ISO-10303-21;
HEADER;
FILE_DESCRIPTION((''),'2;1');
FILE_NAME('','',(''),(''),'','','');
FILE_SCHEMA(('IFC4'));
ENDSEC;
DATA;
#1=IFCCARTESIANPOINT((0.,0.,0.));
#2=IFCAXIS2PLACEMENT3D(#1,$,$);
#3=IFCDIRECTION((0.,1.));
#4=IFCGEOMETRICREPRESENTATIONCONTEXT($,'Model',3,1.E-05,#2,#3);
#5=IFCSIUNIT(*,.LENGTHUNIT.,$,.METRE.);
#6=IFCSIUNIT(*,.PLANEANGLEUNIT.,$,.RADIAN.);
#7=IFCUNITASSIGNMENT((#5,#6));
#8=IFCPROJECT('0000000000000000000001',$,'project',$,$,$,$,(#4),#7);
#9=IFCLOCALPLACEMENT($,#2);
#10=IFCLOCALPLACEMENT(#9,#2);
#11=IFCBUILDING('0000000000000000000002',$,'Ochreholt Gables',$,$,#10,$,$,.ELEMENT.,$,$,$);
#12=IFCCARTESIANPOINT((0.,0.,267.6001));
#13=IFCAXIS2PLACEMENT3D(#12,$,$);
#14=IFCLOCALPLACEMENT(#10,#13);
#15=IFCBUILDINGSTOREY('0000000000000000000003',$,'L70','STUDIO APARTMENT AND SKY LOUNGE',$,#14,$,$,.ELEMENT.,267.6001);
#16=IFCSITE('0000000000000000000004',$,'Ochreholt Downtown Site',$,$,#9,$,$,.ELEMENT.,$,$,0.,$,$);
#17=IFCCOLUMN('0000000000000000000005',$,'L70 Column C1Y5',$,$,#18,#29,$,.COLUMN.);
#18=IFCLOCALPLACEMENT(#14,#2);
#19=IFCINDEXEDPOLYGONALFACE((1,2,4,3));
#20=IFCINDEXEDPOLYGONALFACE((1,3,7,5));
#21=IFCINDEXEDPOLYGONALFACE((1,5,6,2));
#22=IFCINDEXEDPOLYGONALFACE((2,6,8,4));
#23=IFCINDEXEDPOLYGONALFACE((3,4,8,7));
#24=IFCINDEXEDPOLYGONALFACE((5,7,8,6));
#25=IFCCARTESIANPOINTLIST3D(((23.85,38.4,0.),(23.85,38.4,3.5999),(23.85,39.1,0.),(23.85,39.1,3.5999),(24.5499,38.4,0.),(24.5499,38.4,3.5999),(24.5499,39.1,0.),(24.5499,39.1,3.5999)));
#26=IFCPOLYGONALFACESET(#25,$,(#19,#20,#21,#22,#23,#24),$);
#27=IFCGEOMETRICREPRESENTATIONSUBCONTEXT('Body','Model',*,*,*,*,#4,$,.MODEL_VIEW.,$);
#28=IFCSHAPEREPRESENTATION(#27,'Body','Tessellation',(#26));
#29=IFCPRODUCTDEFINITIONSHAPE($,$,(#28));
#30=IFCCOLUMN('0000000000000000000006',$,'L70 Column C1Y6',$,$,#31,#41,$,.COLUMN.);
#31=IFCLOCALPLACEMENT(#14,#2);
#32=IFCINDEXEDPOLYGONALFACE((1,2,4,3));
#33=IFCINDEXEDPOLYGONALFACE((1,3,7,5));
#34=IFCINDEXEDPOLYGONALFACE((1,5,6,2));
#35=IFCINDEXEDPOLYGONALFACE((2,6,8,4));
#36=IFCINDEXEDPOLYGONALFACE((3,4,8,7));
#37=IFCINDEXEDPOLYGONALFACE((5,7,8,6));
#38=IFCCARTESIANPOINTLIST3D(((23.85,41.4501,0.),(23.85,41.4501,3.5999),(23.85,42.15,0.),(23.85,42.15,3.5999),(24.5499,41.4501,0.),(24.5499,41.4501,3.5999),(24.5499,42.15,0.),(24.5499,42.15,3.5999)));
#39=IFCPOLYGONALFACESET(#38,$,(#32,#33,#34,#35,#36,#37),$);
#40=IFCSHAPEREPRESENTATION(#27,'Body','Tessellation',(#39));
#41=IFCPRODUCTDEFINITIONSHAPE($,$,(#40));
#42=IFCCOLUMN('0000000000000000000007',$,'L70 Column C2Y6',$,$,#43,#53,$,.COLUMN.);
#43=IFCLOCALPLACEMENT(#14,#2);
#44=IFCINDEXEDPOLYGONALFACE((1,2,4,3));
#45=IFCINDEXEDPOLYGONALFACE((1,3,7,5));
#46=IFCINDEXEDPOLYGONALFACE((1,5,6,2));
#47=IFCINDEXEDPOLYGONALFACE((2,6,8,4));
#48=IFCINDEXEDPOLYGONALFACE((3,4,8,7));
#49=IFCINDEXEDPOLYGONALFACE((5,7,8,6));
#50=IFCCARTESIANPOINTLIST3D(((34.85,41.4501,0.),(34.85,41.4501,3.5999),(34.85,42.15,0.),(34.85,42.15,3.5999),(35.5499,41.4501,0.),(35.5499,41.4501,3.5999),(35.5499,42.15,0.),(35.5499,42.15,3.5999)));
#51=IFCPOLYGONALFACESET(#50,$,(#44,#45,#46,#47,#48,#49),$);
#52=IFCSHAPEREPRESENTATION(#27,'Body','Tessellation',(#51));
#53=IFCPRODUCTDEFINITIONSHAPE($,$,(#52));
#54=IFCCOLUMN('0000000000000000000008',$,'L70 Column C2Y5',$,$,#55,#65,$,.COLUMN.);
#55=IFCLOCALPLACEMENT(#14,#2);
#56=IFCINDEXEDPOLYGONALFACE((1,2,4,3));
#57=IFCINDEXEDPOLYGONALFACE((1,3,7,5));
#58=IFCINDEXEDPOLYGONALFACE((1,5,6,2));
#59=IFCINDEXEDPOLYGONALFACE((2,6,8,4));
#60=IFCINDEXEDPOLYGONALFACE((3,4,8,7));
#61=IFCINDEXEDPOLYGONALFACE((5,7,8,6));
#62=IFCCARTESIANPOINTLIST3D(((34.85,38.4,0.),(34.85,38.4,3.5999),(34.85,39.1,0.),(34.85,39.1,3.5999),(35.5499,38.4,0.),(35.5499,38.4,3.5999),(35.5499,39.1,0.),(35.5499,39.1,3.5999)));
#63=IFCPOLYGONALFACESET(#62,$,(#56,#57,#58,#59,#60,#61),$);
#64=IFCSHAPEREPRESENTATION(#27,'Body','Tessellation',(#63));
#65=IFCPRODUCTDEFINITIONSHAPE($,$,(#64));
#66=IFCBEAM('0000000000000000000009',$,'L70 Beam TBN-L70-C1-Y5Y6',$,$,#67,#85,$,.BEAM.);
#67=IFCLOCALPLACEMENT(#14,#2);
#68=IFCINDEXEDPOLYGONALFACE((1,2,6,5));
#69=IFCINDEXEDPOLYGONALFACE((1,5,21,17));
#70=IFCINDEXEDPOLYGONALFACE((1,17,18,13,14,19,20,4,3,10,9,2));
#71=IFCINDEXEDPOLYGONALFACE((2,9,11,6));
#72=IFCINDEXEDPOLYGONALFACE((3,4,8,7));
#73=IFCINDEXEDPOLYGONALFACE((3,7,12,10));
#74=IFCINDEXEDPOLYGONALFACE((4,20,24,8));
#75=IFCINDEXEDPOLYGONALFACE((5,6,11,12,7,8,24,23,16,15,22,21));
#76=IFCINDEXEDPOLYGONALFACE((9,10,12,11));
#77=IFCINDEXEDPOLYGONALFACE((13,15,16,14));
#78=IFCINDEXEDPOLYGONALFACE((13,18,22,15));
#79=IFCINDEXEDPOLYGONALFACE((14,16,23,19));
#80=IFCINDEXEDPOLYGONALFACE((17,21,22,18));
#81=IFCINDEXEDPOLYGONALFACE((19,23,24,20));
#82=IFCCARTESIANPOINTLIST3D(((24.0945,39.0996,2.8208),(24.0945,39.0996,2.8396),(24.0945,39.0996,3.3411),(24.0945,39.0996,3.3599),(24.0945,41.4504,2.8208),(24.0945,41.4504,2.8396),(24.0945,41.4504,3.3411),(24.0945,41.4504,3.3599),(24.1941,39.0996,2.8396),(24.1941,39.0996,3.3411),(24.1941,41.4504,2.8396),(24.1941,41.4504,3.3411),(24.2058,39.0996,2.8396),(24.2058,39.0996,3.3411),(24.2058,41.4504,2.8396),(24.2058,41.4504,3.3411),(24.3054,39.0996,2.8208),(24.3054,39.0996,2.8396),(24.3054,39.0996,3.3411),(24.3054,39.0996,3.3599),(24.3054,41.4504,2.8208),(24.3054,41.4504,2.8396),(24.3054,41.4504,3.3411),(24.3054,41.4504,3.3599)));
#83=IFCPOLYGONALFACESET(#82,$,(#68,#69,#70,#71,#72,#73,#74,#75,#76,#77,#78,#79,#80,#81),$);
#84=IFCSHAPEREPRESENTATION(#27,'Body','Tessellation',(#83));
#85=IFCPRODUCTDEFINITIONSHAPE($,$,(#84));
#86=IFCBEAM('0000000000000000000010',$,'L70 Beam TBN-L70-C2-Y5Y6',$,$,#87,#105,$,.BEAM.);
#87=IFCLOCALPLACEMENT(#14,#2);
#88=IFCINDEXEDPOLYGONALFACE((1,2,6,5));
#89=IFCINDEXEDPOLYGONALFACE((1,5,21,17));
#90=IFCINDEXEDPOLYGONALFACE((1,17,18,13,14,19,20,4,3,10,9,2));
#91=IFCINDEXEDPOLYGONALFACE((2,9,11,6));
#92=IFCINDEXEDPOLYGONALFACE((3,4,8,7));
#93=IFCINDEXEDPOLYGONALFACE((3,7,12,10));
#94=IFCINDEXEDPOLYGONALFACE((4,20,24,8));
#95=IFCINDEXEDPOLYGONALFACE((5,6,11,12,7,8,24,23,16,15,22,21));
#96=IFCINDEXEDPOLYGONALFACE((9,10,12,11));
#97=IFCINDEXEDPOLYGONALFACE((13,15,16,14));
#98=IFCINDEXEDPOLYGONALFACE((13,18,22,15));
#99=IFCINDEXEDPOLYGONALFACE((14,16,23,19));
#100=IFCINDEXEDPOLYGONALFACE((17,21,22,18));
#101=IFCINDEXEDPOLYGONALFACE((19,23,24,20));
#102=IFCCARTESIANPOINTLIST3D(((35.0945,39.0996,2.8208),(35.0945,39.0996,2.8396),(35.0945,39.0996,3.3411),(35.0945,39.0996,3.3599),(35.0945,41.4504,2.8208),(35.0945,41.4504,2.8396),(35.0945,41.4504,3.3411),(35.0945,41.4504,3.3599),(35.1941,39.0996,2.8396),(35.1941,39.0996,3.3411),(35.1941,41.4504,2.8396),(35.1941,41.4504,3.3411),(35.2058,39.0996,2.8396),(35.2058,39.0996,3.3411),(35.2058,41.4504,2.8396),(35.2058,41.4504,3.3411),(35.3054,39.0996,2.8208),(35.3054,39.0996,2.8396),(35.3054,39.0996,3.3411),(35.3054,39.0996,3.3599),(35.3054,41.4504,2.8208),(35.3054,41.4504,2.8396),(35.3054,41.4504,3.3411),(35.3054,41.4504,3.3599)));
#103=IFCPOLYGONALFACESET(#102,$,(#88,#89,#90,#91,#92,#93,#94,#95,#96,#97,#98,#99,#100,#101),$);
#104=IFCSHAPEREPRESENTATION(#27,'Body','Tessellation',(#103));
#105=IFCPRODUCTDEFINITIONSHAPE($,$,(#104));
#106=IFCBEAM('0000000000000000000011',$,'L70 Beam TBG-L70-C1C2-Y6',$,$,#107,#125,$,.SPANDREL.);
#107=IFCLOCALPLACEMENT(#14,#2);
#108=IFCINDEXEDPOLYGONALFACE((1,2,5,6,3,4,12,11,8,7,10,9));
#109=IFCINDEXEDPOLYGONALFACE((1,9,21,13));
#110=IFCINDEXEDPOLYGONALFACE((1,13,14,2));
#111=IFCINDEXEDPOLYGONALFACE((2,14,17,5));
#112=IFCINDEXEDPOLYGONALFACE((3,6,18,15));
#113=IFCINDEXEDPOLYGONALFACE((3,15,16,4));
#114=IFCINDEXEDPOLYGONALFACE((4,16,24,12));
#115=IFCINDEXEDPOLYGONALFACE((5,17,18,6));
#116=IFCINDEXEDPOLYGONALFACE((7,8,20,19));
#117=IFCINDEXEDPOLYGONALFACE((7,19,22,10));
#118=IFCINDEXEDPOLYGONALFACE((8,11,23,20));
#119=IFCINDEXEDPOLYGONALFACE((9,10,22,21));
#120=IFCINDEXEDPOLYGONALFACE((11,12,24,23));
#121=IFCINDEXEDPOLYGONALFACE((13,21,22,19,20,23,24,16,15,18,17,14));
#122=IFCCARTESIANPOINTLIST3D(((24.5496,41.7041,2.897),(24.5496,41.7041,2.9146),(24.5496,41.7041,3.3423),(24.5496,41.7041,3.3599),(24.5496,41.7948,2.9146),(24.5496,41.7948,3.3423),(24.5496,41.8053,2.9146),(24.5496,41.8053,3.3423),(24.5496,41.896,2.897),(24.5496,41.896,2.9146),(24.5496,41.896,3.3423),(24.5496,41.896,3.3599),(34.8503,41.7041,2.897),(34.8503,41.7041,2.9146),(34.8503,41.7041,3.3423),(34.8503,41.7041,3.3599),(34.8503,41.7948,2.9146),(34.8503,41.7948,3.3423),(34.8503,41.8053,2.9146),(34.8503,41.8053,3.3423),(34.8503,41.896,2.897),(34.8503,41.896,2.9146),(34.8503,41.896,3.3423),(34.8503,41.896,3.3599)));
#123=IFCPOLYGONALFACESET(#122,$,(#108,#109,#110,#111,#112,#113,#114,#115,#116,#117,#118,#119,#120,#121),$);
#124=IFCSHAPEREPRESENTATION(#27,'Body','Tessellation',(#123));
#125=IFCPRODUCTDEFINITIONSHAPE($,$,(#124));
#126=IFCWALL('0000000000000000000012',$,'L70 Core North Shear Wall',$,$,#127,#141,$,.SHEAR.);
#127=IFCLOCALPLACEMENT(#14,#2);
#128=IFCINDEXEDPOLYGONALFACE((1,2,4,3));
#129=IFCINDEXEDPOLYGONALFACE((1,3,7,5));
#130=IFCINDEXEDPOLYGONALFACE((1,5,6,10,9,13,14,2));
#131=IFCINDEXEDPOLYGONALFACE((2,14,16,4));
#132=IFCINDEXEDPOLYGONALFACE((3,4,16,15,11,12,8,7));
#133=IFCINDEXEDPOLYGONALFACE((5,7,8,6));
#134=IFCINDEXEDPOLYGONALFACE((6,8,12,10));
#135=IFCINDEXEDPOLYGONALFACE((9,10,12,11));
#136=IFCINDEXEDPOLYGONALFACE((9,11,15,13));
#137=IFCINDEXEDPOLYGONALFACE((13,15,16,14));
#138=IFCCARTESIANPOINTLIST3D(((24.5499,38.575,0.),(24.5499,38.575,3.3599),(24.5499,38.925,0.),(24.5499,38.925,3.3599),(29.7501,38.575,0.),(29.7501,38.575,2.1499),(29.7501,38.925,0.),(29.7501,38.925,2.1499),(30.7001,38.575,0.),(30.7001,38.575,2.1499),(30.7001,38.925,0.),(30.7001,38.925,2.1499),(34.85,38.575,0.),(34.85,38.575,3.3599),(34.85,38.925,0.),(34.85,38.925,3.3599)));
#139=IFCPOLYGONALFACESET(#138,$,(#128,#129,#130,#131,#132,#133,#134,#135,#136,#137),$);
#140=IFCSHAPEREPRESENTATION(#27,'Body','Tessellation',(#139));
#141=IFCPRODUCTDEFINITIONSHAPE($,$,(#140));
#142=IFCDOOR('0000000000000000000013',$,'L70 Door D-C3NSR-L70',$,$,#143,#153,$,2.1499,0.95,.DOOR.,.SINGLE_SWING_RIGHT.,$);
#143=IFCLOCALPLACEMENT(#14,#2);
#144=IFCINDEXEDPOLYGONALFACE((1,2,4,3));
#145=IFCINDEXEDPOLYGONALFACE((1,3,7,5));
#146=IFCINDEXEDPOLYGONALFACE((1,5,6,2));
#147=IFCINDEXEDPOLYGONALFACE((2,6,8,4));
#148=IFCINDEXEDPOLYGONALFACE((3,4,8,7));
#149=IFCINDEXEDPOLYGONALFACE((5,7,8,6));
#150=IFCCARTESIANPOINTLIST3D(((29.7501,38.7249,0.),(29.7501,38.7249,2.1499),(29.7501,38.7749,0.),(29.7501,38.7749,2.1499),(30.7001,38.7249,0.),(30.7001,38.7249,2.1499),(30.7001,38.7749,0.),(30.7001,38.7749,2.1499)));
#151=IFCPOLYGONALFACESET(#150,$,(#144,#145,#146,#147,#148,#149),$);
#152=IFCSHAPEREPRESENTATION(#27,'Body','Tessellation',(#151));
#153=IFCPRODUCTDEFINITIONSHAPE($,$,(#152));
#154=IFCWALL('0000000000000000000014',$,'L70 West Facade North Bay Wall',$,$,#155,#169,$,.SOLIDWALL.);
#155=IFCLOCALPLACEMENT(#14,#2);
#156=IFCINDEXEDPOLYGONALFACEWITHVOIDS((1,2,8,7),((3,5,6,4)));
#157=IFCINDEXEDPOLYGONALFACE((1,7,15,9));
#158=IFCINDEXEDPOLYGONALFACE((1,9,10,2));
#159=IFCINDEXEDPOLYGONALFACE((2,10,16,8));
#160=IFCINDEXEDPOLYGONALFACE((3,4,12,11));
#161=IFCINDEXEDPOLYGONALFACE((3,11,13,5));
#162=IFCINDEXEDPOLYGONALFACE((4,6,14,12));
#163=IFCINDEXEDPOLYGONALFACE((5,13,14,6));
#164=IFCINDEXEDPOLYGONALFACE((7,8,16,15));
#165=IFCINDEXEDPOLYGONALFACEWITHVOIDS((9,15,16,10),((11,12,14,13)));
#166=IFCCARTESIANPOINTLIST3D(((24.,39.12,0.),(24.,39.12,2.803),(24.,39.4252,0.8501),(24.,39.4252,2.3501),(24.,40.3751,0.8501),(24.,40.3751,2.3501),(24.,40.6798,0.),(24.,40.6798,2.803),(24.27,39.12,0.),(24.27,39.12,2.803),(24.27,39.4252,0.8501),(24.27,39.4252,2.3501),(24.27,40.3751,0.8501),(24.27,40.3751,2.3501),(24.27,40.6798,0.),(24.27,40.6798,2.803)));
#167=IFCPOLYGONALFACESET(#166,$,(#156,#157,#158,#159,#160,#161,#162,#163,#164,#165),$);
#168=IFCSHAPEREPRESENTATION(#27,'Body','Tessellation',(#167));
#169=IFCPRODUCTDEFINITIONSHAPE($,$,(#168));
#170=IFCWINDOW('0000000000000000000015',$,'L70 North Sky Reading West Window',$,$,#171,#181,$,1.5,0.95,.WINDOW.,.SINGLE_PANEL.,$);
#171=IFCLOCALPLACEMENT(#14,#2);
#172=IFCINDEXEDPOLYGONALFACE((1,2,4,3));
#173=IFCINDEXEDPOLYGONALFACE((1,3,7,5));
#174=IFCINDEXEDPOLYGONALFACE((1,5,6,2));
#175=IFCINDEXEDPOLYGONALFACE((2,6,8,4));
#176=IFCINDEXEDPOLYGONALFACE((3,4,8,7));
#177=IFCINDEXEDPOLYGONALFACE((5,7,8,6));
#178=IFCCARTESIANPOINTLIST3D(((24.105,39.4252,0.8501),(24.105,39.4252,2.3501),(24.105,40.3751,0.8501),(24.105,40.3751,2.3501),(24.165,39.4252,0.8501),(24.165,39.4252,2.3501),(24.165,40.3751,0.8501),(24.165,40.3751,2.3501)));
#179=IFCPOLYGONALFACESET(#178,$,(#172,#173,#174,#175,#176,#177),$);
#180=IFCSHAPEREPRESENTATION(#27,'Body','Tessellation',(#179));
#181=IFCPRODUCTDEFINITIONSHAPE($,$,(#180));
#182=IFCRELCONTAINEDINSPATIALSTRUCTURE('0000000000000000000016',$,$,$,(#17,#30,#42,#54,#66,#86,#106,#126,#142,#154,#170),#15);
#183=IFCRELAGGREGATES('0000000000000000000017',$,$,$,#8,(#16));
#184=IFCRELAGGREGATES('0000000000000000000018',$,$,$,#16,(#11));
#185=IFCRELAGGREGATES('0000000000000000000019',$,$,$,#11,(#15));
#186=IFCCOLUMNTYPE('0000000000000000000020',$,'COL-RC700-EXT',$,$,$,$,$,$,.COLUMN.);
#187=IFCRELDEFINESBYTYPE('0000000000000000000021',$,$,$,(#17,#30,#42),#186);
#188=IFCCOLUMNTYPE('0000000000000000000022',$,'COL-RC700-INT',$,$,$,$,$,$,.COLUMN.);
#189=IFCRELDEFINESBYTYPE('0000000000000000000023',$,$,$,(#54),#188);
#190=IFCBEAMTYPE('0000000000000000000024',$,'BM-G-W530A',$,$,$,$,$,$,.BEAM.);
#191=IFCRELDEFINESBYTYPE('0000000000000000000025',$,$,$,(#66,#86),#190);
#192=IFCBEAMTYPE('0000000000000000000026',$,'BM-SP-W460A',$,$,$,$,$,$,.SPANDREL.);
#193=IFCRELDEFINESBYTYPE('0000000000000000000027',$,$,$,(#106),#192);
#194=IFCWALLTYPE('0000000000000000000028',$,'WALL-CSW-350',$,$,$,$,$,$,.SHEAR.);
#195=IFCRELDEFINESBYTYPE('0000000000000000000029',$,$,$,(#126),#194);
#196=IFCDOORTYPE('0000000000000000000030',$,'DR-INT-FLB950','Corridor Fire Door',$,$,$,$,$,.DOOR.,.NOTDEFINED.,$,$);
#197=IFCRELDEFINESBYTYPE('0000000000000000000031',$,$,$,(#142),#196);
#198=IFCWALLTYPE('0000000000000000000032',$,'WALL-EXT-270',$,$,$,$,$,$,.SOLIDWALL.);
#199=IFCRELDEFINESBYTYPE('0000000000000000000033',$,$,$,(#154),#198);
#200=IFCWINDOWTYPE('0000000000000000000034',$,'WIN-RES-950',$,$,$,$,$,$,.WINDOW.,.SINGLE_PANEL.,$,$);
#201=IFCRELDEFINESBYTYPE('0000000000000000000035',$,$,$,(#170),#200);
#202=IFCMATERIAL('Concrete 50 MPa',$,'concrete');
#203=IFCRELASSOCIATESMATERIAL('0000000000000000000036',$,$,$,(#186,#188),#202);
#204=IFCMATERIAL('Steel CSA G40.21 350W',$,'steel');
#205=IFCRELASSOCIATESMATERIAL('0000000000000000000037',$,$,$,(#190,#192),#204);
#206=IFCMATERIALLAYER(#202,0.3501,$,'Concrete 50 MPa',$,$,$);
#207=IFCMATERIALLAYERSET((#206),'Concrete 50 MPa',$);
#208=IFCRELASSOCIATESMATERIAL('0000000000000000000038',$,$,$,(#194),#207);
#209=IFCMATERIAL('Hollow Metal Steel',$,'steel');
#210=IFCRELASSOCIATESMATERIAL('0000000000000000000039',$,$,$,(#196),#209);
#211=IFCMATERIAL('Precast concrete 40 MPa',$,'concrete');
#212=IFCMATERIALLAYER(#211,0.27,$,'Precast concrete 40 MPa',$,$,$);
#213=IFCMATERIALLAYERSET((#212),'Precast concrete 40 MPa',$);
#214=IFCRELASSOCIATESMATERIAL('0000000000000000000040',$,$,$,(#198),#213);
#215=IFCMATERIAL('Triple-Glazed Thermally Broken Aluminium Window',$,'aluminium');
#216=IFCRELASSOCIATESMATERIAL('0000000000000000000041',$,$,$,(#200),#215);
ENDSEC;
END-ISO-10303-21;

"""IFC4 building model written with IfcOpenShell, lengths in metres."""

from ifc_helpers import new_model, si_unit, direction, frame, frame_2d, origin, origin_2d, place, context, subcontext, project, spatial, rectangle, i_section, extrude, material, layer, layer_set, material_profile, profile_set, type_object, element, fill, save


model = new_model("IFC4")

# Units and contexts
model_context = context("Model", 3, precision=1e-05, world=origin(), true_north=direction((0.0, 1.0)))
body_context = subcontext(model_context, "Body", "Model", "MODEL_VIEW")
ifc_project = project(units=[si_unit("LENGTHUNIT", "METRE"), si_unit("PLANEANGLEUNIT", "RADIAN")], contexts=[model_context])

# Site, building, storey
site_placement = place(None, origin())
site = spatial("IfcSite", under=ifc_project, at=site_placement, Name="Ochreholt Downtown Site", CompositionType="ELEMENT", RefElevation=0.0)
building_placement = place(site_placement, origin())
building = spatial("IfcBuilding", under=site, at=building_placement, Name="Ochreholt Gables", CompositionType="ELEMENT")
storey_placement = place(building_placement, frame((0.0, 0.0, 267.6001)))
storey = spatial("IfcBuildingStorey", under=building, at=storey_placement, Name="L70", Description="STUDIO APARTMENT AND SKY LOUNGE", CompositionType="ELEMENT", Elevation=267.6001)

# Columns
ifc_material_1 = material(Name="Concrete 50 MPa", Category="concrete")
ifc_material_profile_1 = material_profile(ifc_material_1, rectangle(XDim=0.7, YDim=0.7, at=origin_2d()), Name="RC700X700")
ifc_profile_set_1 = profile_set([ifc_material_profile_1], Name="Concrete 50 MPa")
column_type_1 = type_object("IfcColumnType", Name="COL-RC700-EXT", PredefinedType="COLUMN", material=ifc_profile_set_1)
for number, where, z_axis, x_axis, name in (
    (1, (24.2, 38.75, 0.0), (0.0, 0.0, 1.0), (1.0, 0.0, 0.0), "L70 Column C1Y5"),
    (2, (24.2, 41.8, 0.0), (0.0, 0.0, 1.0), (1.0, 0.0, 0.0), "L70 Column C1Y6"),
    (3, (35.2, 41.8, 0.0), (0.0, 0.0, 1.0), (1.0, 0.0, 0.0), "L70 Column C2Y6"),
):
    element("IfcColumn", number, at=place(storey_placement, frame(where, z_axis=z_axis, x_axis=x_axis)), inside=storey, type_object=column_type_1, Name=name, PredefinedType="COLUMN", context=body_context, shape_type="SweptSolid", body=[
        extrude(rectangle(XDim=0.7, YDim=0.7, at=origin_2d()), origin(), (0.0, 0.0, 1.0), 3.5999),
    ])
ifc_material_profile_2 = material_profile(ifc_material_1, rectangle(XDim=0.7, YDim=0.7, at=origin_2d()), Name="RC700X700")
ifc_profile_set_2 = profile_set([ifc_material_profile_2], Name="Concrete 50 MPa")
column_type_2 = type_object("IfcColumnType", Name="COL-RC700-INT", PredefinedType="COLUMN", material=ifc_profile_set_2)
column_placement = place(storey_placement, frame((35.2, 38.75, 0.0), z_axis=(0.0, 0.0, 1.0), x_axis=(1.0, 0.0, 0.0)))
element("IfcColumn", 4, at=column_placement, inside=storey, type_object=column_type_2, Name="L70 Column C2Y5", PredefinedType="COLUMN", context=body_context, shape_type="SweptSolid", body=[
    extrude(rectangle(XDim=0.7, YDim=0.7, at=origin_2d()), origin(), (0.0, 0.0, 1.0), 3.5999),
])

# Beams
ifc_material_2 = material(Name="Steel CSA G40.21 350W", Category="steel")
ifc_material_profile_3 = material_profile(ifc_material_2, i_section(OverallWidth=0.2109, OverallDepth=0.5391, WebThickness=0.0117, FlangeThickness=0.0188, at=origin_2d()), Name="W530X109")
ifc_profile_set_3 = profile_set([ifc_material_profile_3], Name="Steel CSA G40.21 350W")
beam_type_1 = type_object("IfcBeamType", Name="BM-G-W530A", PredefinedType="BEAM", material=ifc_profile_set_3)
for number, where, z_axis, x_axis, name in (
    (5, (24.2, 39.0996, 3.0903), (0.0, 1.0, 0.0), (-1.0, 0.0, 0.0), "L70 Beam TBN-L70-C1-Y5Y6"),
    (6, (35.2, 39.0996, 3.0903), (0.0, 1.0, 0.0), (-1.0, 0.0, 0.0), "L70 Beam TBN-L70-C2-Y5Y6"),
):
    element("IfcBeam", number, at=place(storey_placement, frame(where, z_axis=z_axis, x_axis=x_axis)), inside=storey, type_object=beam_type_1, Name=name, PredefinedType="BEAM", context=body_context, shape_type="SweptSolid", body=[
        extrude(i_section(OverallWidth=0.2109, OverallDepth=0.5391, WebThickness=0.0117, FlangeThickness=0.0188, at=origin_2d()), origin(), (0.0, 0.0, 1.0), 2.3508),
    ])
ifc_material_profile_4 = material_profile(ifc_material_2, i_section(OverallWidth=0.1919, OverallDepth=0.4629, WebThickness=0.0105, FlangeThickness=0.0176, at=origin_2d()), Name="W460X89")
ifc_profile_set_4 = profile_set([ifc_material_profile_4], Name="Steel CSA G40.21 350W")
beam_type_2 = type_object("IfcBeamType", Name="BM-SP-W460A", PredefinedType="SPANDREL", material=ifc_profile_set_4)
beam_placement = place(storey_placement, frame((24.5496, 41.8, 3.1284), z_axis=(1.0, 0.0, 0.0), x_axis=(0.0, 1.0, 0.0)))
element("IfcBeam", 7, at=beam_placement, inside=storey, type_object=beam_type_2, Name="L70 Beam TBG-L70-C1C2-Y6", PredefinedType="SPANDREL", context=body_context, shape_type="SweptSolid", body=[
    extrude(i_section(OverallWidth=0.1919, OverallDepth=0.4629, WebThickness=0.0105, FlangeThickness=0.0176, at=origin_2d()), origin(), (0.0, 0.0, 1.0), 10.3008),
])

# Wall, opening, door
ifc_layer_1 = layer(ifc_material_1, 0.3501, Name="Concrete 50 MPa")
ifc_layer_set_1 = layer_set([ifc_layer_1], Name="Concrete 50 MPa")
wall_type_1 = type_object("IfcWallType", Name="WALL-CSW-350", PredefinedType="SHEAR", material=ifc_layer_set_1)
wall_1_placement = place(storey_placement, frame((24.55, 38.75, 0.0), z_axis=(0.0, 0.0, 1.0), x_axis=(1.0, 0.0, 0.0)))
wall_1 = element("IfcWall", 8, at=wall_1_placement, inside=storey, type_object=wall_type_1, Name="L70 Core North Shear Wall", PredefinedType="SHEAR", context=body_context, shape_type="SweptSolid", body=[
    extrude(rectangle(XDim=10.3, YDim=0.3501, at=frame_2d((5.1499, 0.0))), origin(), (0.0, 0.0, 1.0), 3.3599),
])
opening_1_placement = place(wall_1_placement, frame((5.2, 0.0, 0.0)))
opening_1 = element("IfcOpeningElement", 9, at=opening_1_placement, cuts=wall_1, PredefinedType="OPENING", context=body_context, shape_type="SweptSolid", body=[
    extrude(rectangle(XDim=0.95, YDim=2.1499, at=frame_2d((0.4751, 1.075))), frame((0.0, 0.1851, 0.0), z_axis=(0.0, -1.0, 0.0), x_axis=(1.0, 0.0, 0.0)), (0.0, 0.0, 1.0), 0.3701),
])
ifc_material_3 = material(Name="Hollow Metal Steel", Category="steel")
door_type_1 = type_object("IfcDoorType", Name="DR-INT-FLB950", Description="Corridor Fire Door", OperationType="NOTDEFINED", PredefinedType="DOOR", material=ifc_material_3)
door_1_placement = place(opening_1_placement, origin())
door_1 = element("IfcDoor", 10, at=door_1_placement, inside=storey, type_object=door_type_1, Name="L70 Door D-C3NSR-L70", OperationType="SINGLE_SWING_RIGHT", OverallHeight=2.1499, OverallWidth=0.95, PredefinedType="DOOR", context=body_context, shape_type="SweptSolid", body=[
    extrude(rectangle(XDim=0.95, YDim=2.1499, at=frame_2d((0.4751, 1.075))), frame((0.0, 0.0249, 0.0), z_axis=(0.0, -1.0, 0.0), x_axis=(1.0, 0.0, 0.0)), (0.0, 0.0, 1.0), 0.05),
])
fill(opening_1, door_1)

# Wall, opening, window
ifc_material_4 = material(Name="Precast concrete 40 MPa", Category="concrete")
ifc_layer_2 = layer(ifc_material_4, 0.27, Name="Precast concrete 40 MPa")
ifc_layer_set_2 = layer_set([ifc_layer_2], Name="Precast concrete 40 MPa")
wall_type_2 = type_object("IfcWallType", Name="WALL-EXT-270", PredefinedType="SOLIDWALL", material=ifc_layer_set_2)
wall_2_placement = place(storey_placement, frame((24.135, 39.1201, 0.0), z_axis=(0.0, 0.0, 1.0), x_axis=(0.0, 1.0, 0.0)))
wall_2 = element("IfcWall", 11, at=wall_2_placement, inside=storey, type_object=wall_type_2, Name="L70 West Facade North Bay Wall", PredefinedType="SOLIDWALL", context=body_context, shape_type="SweptSolid", body=[
    extrude(rectangle(XDim=1.5598, YDim=0.27, at=frame_2d((0.7798, 0.0))), origin(), (0.0, 0.0, 1.0), 2.803),
])
opening_2_placement = place(wall_2_placement, frame((0.3049, 0.0, 0.8501)))
opening_2 = element("IfcOpeningElement", 12, at=opening_2_placement, cuts=wall_2, PredefinedType="OPENING", context=body_context, shape_type="SweptSolid", body=[
    extrude(rectangle(XDim=0.95, YDim=1.5, at=frame_2d((0.4751, 0.75))), frame((0.0, 0.145, 0.0), z_axis=(0.0, -1.0, 0.0), x_axis=(1.0, 0.0, 0.0)), (0.0, 0.0, 1.0), 0.29),
])
ifc_material_5 = material(Name="Triple-Glazed Thermally Broken Aluminium Window", Category="aluminium")
window_type = type_object("IfcWindowType", Name="WIN-RES-950", PartitioningType="SINGLE_PANEL", PredefinedType="WINDOW", material=ifc_material_5)
window_placement = place(opening_2_placement, origin())
window = element("IfcWindow", 13, at=window_placement, inside=storey, type_object=window_type, Name="L70 North Sky Reading West Window", OverallHeight=1.5, OverallWidth=0.95, PartitioningType="SINGLE_PANEL", PredefinedType="WINDOW", context=body_context, shape_type="SweptSolid", body=[
    extrude(rectangle(XDim=0.95, YDim=1.5, at=frame_2d((0.4751, 0.75))), frame((0.0, 0.03, 0.0), z_axis=(0.0, -1.0, 0.0), x_axis=(1.0, 0.0, 0.0)), (0.0, 0.0, 1.0), 0.0601),
])
fill(opening_2, window)

save(model, "model.ifc")
